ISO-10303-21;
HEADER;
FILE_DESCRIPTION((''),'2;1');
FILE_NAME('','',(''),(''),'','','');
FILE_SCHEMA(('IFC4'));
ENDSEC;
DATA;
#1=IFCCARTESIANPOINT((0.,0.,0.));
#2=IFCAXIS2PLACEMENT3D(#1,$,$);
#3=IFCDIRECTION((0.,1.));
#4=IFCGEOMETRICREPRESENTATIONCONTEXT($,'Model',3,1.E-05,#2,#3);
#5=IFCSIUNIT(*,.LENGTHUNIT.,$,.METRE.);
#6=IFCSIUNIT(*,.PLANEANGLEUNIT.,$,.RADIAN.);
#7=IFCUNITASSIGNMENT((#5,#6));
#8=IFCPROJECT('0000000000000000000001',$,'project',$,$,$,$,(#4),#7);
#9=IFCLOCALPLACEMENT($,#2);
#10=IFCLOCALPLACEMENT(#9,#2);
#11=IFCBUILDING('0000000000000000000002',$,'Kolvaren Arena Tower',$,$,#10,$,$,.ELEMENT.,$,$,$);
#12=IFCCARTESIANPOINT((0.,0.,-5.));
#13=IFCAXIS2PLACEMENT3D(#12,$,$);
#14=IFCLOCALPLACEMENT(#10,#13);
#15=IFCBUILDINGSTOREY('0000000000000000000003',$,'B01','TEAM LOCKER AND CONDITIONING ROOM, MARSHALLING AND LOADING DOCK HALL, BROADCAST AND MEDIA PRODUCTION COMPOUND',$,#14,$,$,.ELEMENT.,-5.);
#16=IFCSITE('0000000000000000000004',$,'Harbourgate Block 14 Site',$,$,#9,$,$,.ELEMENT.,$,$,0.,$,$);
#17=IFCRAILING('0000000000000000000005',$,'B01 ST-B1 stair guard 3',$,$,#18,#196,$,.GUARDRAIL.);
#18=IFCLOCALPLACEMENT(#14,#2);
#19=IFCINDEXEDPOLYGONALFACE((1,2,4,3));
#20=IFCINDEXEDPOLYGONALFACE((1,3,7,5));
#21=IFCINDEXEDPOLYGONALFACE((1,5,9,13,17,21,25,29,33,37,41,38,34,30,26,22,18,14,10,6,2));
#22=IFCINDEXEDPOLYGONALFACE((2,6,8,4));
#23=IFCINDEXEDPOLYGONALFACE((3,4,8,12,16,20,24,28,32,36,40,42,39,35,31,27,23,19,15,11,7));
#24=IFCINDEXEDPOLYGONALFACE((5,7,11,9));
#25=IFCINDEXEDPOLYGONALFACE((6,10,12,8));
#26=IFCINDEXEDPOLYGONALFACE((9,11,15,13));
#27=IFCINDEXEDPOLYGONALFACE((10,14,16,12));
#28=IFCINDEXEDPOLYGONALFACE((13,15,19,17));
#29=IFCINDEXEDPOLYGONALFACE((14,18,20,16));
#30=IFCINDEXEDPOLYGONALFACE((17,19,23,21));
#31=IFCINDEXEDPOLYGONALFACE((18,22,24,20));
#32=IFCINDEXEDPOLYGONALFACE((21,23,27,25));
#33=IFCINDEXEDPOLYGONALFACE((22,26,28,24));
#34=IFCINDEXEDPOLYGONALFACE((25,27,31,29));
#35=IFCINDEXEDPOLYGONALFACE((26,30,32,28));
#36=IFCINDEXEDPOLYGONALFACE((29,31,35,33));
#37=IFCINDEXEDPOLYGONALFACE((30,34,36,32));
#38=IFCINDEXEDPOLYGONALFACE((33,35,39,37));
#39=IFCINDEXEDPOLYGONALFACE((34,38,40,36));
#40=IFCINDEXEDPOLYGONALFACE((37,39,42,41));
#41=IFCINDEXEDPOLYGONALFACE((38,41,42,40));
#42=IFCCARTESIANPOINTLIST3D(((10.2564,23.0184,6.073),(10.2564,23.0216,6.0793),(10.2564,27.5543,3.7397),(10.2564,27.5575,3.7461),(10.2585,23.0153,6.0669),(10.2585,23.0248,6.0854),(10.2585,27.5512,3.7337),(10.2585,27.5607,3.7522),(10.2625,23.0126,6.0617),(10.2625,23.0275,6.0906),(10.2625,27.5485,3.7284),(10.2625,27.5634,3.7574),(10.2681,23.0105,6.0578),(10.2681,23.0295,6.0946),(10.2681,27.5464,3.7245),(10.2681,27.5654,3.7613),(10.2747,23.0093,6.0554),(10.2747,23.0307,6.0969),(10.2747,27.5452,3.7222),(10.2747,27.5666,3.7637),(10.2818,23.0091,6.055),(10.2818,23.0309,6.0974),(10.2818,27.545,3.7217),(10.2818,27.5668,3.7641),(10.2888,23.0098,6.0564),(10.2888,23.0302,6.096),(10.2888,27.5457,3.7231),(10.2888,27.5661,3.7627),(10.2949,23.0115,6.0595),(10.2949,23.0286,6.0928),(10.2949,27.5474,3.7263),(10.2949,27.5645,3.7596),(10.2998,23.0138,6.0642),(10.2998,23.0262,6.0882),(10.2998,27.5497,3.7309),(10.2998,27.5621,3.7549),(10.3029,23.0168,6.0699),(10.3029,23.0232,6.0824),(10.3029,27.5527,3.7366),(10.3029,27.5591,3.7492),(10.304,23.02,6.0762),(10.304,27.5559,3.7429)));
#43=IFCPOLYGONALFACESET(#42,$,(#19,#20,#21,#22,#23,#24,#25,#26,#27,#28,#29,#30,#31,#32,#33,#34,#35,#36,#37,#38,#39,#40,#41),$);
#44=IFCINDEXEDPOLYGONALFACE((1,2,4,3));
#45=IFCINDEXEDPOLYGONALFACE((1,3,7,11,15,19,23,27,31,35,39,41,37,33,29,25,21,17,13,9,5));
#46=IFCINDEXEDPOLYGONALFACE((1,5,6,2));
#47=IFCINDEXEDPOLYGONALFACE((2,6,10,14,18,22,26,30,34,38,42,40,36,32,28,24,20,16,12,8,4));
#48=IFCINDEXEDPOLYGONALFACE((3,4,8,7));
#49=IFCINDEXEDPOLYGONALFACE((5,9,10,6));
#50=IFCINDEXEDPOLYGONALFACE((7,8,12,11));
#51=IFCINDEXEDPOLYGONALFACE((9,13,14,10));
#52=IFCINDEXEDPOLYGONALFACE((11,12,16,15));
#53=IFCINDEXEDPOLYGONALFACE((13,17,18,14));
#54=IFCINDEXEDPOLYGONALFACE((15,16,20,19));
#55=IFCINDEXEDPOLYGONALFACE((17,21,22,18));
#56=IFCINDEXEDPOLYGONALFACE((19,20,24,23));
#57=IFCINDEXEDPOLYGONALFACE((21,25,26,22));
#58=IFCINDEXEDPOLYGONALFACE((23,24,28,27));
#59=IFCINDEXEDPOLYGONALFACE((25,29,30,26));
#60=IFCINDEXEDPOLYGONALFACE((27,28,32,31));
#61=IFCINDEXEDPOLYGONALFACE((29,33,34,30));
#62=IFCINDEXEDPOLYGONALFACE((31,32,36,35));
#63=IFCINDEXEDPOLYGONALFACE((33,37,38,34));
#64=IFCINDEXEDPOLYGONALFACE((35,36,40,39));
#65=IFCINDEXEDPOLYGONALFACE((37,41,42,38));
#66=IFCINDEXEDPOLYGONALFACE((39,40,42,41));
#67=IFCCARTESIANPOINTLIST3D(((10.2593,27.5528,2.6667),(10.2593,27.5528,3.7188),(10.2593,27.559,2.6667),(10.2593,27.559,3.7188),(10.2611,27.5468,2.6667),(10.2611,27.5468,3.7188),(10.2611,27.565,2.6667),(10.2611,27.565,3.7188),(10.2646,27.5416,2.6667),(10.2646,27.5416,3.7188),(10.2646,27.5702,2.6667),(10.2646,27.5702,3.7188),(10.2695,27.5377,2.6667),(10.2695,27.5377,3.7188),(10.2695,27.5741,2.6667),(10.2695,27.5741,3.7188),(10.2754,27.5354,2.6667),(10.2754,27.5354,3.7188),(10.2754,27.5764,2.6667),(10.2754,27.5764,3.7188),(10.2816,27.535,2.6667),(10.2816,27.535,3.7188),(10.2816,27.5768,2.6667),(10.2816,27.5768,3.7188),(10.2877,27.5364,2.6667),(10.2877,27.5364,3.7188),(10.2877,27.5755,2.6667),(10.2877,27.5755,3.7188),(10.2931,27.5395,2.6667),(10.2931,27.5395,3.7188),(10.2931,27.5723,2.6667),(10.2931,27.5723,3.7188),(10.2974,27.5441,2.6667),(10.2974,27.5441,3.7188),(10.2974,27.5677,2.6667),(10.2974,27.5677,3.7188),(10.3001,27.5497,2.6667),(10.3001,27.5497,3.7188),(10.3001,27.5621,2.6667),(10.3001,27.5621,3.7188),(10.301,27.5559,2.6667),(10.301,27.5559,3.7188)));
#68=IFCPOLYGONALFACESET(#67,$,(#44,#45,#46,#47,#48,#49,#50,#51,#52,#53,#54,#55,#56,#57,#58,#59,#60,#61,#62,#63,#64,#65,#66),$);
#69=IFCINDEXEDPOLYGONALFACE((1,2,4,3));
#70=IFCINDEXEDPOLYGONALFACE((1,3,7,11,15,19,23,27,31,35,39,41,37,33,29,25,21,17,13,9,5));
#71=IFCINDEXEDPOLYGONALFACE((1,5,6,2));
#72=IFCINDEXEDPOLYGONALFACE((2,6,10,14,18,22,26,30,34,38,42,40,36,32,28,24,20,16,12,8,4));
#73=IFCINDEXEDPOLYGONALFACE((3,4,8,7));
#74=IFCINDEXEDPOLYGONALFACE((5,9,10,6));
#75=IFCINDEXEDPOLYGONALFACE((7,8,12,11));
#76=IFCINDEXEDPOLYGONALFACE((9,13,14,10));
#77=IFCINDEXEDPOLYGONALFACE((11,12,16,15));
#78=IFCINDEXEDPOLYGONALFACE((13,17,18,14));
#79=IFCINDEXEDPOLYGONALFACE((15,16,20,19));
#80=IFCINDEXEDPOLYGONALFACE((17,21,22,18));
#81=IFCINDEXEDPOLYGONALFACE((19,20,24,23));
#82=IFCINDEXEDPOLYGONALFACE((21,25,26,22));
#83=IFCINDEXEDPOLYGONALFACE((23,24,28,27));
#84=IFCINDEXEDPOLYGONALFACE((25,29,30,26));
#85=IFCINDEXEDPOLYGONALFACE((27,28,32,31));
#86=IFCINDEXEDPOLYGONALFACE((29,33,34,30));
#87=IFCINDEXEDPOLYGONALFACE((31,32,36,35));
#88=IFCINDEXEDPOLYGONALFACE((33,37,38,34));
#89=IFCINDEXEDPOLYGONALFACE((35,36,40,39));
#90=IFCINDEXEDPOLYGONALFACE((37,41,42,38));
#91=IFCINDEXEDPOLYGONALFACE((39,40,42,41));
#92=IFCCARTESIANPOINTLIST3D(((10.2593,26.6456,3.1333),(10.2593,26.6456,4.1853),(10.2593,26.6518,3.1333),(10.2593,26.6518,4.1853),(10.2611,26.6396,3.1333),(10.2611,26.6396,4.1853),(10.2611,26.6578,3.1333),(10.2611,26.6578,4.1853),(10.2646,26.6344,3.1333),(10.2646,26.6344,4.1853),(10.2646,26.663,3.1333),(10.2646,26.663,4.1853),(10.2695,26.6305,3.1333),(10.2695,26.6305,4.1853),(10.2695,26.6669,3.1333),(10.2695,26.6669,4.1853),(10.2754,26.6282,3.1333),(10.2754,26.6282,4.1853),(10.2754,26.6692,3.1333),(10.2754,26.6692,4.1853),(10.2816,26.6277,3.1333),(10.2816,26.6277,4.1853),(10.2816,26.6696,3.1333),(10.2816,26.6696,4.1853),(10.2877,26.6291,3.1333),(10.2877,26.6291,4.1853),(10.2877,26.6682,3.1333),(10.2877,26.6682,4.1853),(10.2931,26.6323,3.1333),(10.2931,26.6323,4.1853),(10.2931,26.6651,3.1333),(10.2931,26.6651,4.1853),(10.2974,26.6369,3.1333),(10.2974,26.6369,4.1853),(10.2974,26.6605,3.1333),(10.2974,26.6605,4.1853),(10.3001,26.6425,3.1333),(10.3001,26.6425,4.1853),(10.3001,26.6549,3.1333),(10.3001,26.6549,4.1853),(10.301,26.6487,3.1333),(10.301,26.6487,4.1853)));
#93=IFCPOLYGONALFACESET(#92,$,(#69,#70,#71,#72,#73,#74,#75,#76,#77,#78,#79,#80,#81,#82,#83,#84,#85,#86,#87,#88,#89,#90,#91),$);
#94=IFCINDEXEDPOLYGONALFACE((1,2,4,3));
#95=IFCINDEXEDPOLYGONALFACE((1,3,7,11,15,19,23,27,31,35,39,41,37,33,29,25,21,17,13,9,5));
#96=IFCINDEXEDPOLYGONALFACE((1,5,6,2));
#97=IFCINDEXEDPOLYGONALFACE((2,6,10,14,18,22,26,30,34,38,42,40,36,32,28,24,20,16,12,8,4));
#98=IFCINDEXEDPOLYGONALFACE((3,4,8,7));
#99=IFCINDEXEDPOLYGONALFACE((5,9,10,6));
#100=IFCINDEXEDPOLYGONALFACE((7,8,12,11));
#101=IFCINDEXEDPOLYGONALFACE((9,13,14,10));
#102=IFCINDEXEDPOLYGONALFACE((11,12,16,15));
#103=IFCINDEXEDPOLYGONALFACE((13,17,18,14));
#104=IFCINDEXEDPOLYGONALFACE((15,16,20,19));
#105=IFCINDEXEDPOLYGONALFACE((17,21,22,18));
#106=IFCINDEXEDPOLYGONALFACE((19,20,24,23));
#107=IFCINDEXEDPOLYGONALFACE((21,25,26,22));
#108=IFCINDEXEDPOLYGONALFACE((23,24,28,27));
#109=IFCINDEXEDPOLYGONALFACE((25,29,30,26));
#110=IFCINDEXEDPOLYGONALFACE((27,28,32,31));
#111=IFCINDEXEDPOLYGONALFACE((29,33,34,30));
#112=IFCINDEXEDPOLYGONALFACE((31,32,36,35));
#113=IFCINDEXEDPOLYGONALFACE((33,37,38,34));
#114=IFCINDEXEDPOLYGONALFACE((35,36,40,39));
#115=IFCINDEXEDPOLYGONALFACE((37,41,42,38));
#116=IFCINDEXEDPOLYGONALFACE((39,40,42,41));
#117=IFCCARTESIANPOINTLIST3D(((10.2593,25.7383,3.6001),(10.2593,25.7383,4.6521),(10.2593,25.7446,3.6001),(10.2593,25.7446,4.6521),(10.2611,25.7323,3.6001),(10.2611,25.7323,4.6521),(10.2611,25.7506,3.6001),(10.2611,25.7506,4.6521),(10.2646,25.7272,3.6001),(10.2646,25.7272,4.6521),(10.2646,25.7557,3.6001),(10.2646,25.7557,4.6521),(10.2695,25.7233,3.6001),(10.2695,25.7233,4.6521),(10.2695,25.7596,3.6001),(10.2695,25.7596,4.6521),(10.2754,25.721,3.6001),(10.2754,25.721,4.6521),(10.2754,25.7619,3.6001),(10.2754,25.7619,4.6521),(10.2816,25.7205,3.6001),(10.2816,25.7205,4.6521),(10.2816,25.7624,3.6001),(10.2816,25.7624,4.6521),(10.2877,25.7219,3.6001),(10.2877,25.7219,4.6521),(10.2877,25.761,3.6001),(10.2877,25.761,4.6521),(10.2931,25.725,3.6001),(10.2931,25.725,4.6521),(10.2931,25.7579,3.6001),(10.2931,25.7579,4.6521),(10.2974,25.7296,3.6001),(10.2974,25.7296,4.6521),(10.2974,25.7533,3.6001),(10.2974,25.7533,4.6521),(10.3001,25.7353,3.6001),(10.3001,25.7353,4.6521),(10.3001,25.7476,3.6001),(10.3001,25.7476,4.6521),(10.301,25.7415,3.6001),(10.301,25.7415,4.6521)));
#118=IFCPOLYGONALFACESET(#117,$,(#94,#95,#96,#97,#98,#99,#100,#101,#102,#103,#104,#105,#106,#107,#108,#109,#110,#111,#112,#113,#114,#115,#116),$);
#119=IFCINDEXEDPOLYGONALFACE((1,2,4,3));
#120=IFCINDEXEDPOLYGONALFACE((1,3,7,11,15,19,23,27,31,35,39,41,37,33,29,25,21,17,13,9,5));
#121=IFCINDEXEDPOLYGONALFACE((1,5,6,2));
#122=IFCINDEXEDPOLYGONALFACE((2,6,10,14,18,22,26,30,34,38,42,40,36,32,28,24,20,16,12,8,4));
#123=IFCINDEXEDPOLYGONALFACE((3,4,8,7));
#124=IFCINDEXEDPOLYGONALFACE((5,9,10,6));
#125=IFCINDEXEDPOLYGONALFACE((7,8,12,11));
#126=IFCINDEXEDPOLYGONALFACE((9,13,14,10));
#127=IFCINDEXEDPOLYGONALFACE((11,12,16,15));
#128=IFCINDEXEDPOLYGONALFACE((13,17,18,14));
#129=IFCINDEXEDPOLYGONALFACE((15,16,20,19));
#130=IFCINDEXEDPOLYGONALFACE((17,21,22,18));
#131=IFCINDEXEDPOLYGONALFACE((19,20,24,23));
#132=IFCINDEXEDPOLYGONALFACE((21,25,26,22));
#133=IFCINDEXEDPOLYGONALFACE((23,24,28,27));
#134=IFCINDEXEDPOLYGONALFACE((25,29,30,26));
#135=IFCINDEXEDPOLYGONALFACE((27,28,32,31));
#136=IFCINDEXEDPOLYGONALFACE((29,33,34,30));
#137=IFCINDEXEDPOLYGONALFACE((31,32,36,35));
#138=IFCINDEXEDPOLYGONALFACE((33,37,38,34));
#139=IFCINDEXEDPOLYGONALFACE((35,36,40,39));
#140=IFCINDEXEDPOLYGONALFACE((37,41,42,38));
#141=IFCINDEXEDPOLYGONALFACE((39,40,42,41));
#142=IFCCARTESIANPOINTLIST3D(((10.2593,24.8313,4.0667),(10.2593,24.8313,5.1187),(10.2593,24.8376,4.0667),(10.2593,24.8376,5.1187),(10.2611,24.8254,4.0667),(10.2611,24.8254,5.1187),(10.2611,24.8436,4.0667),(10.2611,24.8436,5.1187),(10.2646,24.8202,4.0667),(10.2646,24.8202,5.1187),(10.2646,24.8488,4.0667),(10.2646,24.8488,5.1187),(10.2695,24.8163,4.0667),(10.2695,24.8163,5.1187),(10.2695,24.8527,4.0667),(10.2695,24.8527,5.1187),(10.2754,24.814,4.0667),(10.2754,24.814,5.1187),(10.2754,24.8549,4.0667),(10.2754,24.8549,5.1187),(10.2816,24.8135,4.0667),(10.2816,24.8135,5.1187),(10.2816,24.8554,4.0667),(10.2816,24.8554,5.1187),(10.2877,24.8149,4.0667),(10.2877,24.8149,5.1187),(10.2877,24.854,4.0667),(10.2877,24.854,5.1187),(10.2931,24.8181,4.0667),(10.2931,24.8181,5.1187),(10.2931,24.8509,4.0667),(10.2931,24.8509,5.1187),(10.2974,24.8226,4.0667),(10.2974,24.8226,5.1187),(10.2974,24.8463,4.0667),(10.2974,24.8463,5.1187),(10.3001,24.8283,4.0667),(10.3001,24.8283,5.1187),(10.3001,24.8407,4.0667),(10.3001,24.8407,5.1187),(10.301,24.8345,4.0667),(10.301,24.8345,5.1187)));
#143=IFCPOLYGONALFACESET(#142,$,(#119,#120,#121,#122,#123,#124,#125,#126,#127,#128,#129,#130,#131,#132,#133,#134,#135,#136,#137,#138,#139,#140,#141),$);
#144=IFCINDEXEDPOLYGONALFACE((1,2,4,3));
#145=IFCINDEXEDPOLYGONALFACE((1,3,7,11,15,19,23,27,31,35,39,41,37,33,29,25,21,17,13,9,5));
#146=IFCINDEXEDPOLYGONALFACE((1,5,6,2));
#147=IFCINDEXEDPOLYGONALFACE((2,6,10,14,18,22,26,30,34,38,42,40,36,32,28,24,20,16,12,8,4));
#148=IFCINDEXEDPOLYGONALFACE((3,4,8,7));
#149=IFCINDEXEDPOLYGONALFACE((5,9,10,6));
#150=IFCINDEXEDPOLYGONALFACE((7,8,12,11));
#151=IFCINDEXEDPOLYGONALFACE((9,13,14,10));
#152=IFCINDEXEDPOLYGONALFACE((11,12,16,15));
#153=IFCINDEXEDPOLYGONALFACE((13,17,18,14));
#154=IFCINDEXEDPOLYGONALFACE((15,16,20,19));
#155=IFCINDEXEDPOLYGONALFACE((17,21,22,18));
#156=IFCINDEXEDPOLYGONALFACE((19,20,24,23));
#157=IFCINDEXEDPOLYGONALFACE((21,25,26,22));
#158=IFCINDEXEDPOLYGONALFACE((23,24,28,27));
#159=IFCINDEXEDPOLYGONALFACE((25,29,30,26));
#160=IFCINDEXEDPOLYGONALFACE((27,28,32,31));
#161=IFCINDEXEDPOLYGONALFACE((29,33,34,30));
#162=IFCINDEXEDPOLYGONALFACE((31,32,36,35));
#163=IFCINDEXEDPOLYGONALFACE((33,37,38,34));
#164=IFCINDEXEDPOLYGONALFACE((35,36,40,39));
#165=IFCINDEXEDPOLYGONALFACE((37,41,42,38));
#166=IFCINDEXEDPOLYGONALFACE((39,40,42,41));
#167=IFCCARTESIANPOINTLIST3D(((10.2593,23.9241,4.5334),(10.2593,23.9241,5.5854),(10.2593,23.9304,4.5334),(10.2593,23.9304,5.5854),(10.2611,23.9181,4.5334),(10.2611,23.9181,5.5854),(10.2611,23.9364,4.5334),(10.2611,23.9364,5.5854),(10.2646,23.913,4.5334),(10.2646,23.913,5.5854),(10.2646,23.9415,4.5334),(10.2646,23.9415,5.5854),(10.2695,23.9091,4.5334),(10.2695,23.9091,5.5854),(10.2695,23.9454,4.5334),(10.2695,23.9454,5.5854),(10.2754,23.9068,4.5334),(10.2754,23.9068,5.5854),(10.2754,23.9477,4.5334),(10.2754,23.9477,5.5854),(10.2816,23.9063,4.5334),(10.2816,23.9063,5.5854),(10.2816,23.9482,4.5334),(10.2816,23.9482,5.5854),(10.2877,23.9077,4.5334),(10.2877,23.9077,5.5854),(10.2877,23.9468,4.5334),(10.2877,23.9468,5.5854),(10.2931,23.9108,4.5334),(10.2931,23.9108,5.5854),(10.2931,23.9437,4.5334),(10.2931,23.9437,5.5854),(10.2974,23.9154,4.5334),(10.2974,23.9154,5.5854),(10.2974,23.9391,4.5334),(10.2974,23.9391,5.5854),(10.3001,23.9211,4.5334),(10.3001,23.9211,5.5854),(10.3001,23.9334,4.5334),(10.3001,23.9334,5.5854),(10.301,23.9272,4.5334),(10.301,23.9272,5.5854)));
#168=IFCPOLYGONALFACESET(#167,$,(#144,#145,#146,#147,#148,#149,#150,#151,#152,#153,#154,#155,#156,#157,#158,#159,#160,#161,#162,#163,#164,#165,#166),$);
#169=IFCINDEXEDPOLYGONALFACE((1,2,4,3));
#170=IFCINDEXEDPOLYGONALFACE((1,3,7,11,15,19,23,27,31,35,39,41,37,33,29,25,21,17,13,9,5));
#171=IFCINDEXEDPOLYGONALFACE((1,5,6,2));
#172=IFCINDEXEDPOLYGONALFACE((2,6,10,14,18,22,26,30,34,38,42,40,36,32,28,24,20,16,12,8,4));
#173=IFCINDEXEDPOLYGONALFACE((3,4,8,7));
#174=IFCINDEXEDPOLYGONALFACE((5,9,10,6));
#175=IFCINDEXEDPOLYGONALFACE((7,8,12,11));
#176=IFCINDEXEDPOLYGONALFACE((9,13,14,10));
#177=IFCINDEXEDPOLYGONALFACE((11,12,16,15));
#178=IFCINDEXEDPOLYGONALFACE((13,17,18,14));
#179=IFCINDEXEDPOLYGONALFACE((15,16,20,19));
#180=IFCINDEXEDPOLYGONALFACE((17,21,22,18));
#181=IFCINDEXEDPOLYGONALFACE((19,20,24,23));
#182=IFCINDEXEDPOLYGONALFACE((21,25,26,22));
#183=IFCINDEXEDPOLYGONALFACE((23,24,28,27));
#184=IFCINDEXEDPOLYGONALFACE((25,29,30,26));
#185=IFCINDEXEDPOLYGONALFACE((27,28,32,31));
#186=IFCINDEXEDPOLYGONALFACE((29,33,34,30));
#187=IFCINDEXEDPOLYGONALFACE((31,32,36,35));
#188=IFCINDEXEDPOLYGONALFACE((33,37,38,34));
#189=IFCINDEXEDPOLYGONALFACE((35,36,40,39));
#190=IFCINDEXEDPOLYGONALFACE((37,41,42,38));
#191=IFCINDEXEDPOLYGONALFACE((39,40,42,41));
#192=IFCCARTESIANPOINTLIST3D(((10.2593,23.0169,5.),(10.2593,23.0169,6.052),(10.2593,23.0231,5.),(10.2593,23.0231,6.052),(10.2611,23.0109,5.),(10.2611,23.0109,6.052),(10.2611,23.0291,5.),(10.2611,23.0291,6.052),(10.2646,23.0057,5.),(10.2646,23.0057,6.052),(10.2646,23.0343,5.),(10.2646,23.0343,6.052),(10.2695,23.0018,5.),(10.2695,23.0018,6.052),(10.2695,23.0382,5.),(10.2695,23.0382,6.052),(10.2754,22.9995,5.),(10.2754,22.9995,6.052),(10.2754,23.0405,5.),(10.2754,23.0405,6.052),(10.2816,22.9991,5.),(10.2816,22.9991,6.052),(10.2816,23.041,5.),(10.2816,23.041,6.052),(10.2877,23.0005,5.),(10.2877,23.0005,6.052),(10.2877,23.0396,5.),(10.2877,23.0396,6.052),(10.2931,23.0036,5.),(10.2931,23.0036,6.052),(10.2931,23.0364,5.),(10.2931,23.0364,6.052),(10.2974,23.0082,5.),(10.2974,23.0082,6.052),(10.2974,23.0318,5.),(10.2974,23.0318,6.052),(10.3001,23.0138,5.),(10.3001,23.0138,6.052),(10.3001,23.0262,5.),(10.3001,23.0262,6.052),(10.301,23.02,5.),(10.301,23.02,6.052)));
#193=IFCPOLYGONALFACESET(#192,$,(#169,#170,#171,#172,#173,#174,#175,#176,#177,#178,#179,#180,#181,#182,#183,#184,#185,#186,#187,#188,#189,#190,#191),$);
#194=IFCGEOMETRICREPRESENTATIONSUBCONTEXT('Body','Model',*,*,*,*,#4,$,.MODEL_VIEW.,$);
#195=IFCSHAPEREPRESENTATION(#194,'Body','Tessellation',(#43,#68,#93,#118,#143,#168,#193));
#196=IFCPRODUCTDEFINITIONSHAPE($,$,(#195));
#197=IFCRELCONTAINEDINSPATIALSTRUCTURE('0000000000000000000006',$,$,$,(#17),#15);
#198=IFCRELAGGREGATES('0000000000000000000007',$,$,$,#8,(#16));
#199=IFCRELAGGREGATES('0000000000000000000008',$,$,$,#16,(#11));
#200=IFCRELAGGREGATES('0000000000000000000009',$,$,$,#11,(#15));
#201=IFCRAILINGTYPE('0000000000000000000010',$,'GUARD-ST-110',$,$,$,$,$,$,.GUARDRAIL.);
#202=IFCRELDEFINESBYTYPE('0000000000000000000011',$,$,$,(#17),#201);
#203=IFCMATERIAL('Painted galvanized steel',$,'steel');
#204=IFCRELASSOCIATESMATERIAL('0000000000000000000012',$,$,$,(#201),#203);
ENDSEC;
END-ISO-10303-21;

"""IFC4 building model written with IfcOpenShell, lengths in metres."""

from ifc_helpers import new_model, si_unit, direction, frame, origin, origin_2d, place, context, subcontext, project, spatial, circle, extrude, material, type_object, element, save


model = new_model("IFC4")

# Units and contexts
model_context = context("Model", 3, precision=1e-05, world=origin(), true_north=direction((0.0, 1.0)))
body_context = subcontext(model_context, "Body", "Model", "MODEL_VIEW")
ifc_project = project(units=[si_unit("LENGTHUNIT", "METRE"), si_unit("PLANEANGLEUNIT", "RADIAN")], contexts=[model_context])

# Site, building, storey
site_placement = place(None, origin())
site = spatial("IfcSite", under=ifc_project, at=site_placement, Name="Harbourgate Block 14 Site", CompositionType="ELEMENT", RefElevation=0.0)
building_placement = place(site_placement, origin())
building = spatial("IfcBuilding", under=site, at=building_placement, Name="Kolvaren Arena Tower", CompositionType="ELEMENT")
storey_placement = place(building_placement, frame((0.0, 0.0, -5.0)))
storey = spatial("IfcBuildingStorey", under=building, at=storey_placement, Name="B01", Description="TEAM LOCKER AND CONDITIONING ROOM, MARSHALLING AND LOADING DOCK HALL, BROADCAST AND MEDIA PRODUCTION COMPOUND", CompositionType="ELEMENT", Elevation=-5.0)

# Railing
ifc_material_1 = material(Name="Painted galvanized steel", Category="steel")
railing_type_1 = type_object("IfcRailingType", Name="GUARD-ST-110", PredefinedType="GUARDRAIL", material=ifc_material_1)
railing_1_placement = place(storey_placement, frame((10.28, 27.5559, 2.6667)))
element("IfcRailing", 1, at=railing_1_placement, inside=storey, type_object=railing_type_1, Name="B01 ST-B1 stair guard 3", PredefinedType="GUARDRAIL", context=body_context, shape_type="SweptSolid", body=[
    extrude(circle(Radius=0.0239, at=origin_2d()), frame((0.0, 0.0, 1.0762), z_axis=(0.0, -0.889247, 0.457427), x_axis=(1.0, 0.0, 0.0)), (0.0, 0.0, 1.0), 5.1008),
    extrude(circle(Radius=0.021, at=origin_2d()), origin(), (0.0, 0.0, 1.0), 1.052),
    extrude(circle(Radius=0.021, at=origin_2d()), frame((0.0, -0.9072, 0.4666)), (0.0, 0.0, 1.0), 1.052),
    extrude(circle(Radius=0.021, at=origin_2d()), frame((0.0, -1.8145, 0.9333)), (0.0, 0.0, 1.0), 1.052),
    extrude(circle(Radius=0.021, at=origin_2d()), frame((0.0, -2.7214, 1.3999)), (0.0, 0.0, 1.0), 1.052),
    extrude(circle(Radius=0.021, at=origin_2d()), frame((0.0, -3.6287, 1.8667)), (0.0, 0.0, 1.0), 1.052),
    extrude(circle(Radius=0.021, at=origin_2d()), frame((0.0, -4.5359, 2.3333)), (0.0, 0.0, 1.0), 1.052),
])

save(model, "model.ifc")
